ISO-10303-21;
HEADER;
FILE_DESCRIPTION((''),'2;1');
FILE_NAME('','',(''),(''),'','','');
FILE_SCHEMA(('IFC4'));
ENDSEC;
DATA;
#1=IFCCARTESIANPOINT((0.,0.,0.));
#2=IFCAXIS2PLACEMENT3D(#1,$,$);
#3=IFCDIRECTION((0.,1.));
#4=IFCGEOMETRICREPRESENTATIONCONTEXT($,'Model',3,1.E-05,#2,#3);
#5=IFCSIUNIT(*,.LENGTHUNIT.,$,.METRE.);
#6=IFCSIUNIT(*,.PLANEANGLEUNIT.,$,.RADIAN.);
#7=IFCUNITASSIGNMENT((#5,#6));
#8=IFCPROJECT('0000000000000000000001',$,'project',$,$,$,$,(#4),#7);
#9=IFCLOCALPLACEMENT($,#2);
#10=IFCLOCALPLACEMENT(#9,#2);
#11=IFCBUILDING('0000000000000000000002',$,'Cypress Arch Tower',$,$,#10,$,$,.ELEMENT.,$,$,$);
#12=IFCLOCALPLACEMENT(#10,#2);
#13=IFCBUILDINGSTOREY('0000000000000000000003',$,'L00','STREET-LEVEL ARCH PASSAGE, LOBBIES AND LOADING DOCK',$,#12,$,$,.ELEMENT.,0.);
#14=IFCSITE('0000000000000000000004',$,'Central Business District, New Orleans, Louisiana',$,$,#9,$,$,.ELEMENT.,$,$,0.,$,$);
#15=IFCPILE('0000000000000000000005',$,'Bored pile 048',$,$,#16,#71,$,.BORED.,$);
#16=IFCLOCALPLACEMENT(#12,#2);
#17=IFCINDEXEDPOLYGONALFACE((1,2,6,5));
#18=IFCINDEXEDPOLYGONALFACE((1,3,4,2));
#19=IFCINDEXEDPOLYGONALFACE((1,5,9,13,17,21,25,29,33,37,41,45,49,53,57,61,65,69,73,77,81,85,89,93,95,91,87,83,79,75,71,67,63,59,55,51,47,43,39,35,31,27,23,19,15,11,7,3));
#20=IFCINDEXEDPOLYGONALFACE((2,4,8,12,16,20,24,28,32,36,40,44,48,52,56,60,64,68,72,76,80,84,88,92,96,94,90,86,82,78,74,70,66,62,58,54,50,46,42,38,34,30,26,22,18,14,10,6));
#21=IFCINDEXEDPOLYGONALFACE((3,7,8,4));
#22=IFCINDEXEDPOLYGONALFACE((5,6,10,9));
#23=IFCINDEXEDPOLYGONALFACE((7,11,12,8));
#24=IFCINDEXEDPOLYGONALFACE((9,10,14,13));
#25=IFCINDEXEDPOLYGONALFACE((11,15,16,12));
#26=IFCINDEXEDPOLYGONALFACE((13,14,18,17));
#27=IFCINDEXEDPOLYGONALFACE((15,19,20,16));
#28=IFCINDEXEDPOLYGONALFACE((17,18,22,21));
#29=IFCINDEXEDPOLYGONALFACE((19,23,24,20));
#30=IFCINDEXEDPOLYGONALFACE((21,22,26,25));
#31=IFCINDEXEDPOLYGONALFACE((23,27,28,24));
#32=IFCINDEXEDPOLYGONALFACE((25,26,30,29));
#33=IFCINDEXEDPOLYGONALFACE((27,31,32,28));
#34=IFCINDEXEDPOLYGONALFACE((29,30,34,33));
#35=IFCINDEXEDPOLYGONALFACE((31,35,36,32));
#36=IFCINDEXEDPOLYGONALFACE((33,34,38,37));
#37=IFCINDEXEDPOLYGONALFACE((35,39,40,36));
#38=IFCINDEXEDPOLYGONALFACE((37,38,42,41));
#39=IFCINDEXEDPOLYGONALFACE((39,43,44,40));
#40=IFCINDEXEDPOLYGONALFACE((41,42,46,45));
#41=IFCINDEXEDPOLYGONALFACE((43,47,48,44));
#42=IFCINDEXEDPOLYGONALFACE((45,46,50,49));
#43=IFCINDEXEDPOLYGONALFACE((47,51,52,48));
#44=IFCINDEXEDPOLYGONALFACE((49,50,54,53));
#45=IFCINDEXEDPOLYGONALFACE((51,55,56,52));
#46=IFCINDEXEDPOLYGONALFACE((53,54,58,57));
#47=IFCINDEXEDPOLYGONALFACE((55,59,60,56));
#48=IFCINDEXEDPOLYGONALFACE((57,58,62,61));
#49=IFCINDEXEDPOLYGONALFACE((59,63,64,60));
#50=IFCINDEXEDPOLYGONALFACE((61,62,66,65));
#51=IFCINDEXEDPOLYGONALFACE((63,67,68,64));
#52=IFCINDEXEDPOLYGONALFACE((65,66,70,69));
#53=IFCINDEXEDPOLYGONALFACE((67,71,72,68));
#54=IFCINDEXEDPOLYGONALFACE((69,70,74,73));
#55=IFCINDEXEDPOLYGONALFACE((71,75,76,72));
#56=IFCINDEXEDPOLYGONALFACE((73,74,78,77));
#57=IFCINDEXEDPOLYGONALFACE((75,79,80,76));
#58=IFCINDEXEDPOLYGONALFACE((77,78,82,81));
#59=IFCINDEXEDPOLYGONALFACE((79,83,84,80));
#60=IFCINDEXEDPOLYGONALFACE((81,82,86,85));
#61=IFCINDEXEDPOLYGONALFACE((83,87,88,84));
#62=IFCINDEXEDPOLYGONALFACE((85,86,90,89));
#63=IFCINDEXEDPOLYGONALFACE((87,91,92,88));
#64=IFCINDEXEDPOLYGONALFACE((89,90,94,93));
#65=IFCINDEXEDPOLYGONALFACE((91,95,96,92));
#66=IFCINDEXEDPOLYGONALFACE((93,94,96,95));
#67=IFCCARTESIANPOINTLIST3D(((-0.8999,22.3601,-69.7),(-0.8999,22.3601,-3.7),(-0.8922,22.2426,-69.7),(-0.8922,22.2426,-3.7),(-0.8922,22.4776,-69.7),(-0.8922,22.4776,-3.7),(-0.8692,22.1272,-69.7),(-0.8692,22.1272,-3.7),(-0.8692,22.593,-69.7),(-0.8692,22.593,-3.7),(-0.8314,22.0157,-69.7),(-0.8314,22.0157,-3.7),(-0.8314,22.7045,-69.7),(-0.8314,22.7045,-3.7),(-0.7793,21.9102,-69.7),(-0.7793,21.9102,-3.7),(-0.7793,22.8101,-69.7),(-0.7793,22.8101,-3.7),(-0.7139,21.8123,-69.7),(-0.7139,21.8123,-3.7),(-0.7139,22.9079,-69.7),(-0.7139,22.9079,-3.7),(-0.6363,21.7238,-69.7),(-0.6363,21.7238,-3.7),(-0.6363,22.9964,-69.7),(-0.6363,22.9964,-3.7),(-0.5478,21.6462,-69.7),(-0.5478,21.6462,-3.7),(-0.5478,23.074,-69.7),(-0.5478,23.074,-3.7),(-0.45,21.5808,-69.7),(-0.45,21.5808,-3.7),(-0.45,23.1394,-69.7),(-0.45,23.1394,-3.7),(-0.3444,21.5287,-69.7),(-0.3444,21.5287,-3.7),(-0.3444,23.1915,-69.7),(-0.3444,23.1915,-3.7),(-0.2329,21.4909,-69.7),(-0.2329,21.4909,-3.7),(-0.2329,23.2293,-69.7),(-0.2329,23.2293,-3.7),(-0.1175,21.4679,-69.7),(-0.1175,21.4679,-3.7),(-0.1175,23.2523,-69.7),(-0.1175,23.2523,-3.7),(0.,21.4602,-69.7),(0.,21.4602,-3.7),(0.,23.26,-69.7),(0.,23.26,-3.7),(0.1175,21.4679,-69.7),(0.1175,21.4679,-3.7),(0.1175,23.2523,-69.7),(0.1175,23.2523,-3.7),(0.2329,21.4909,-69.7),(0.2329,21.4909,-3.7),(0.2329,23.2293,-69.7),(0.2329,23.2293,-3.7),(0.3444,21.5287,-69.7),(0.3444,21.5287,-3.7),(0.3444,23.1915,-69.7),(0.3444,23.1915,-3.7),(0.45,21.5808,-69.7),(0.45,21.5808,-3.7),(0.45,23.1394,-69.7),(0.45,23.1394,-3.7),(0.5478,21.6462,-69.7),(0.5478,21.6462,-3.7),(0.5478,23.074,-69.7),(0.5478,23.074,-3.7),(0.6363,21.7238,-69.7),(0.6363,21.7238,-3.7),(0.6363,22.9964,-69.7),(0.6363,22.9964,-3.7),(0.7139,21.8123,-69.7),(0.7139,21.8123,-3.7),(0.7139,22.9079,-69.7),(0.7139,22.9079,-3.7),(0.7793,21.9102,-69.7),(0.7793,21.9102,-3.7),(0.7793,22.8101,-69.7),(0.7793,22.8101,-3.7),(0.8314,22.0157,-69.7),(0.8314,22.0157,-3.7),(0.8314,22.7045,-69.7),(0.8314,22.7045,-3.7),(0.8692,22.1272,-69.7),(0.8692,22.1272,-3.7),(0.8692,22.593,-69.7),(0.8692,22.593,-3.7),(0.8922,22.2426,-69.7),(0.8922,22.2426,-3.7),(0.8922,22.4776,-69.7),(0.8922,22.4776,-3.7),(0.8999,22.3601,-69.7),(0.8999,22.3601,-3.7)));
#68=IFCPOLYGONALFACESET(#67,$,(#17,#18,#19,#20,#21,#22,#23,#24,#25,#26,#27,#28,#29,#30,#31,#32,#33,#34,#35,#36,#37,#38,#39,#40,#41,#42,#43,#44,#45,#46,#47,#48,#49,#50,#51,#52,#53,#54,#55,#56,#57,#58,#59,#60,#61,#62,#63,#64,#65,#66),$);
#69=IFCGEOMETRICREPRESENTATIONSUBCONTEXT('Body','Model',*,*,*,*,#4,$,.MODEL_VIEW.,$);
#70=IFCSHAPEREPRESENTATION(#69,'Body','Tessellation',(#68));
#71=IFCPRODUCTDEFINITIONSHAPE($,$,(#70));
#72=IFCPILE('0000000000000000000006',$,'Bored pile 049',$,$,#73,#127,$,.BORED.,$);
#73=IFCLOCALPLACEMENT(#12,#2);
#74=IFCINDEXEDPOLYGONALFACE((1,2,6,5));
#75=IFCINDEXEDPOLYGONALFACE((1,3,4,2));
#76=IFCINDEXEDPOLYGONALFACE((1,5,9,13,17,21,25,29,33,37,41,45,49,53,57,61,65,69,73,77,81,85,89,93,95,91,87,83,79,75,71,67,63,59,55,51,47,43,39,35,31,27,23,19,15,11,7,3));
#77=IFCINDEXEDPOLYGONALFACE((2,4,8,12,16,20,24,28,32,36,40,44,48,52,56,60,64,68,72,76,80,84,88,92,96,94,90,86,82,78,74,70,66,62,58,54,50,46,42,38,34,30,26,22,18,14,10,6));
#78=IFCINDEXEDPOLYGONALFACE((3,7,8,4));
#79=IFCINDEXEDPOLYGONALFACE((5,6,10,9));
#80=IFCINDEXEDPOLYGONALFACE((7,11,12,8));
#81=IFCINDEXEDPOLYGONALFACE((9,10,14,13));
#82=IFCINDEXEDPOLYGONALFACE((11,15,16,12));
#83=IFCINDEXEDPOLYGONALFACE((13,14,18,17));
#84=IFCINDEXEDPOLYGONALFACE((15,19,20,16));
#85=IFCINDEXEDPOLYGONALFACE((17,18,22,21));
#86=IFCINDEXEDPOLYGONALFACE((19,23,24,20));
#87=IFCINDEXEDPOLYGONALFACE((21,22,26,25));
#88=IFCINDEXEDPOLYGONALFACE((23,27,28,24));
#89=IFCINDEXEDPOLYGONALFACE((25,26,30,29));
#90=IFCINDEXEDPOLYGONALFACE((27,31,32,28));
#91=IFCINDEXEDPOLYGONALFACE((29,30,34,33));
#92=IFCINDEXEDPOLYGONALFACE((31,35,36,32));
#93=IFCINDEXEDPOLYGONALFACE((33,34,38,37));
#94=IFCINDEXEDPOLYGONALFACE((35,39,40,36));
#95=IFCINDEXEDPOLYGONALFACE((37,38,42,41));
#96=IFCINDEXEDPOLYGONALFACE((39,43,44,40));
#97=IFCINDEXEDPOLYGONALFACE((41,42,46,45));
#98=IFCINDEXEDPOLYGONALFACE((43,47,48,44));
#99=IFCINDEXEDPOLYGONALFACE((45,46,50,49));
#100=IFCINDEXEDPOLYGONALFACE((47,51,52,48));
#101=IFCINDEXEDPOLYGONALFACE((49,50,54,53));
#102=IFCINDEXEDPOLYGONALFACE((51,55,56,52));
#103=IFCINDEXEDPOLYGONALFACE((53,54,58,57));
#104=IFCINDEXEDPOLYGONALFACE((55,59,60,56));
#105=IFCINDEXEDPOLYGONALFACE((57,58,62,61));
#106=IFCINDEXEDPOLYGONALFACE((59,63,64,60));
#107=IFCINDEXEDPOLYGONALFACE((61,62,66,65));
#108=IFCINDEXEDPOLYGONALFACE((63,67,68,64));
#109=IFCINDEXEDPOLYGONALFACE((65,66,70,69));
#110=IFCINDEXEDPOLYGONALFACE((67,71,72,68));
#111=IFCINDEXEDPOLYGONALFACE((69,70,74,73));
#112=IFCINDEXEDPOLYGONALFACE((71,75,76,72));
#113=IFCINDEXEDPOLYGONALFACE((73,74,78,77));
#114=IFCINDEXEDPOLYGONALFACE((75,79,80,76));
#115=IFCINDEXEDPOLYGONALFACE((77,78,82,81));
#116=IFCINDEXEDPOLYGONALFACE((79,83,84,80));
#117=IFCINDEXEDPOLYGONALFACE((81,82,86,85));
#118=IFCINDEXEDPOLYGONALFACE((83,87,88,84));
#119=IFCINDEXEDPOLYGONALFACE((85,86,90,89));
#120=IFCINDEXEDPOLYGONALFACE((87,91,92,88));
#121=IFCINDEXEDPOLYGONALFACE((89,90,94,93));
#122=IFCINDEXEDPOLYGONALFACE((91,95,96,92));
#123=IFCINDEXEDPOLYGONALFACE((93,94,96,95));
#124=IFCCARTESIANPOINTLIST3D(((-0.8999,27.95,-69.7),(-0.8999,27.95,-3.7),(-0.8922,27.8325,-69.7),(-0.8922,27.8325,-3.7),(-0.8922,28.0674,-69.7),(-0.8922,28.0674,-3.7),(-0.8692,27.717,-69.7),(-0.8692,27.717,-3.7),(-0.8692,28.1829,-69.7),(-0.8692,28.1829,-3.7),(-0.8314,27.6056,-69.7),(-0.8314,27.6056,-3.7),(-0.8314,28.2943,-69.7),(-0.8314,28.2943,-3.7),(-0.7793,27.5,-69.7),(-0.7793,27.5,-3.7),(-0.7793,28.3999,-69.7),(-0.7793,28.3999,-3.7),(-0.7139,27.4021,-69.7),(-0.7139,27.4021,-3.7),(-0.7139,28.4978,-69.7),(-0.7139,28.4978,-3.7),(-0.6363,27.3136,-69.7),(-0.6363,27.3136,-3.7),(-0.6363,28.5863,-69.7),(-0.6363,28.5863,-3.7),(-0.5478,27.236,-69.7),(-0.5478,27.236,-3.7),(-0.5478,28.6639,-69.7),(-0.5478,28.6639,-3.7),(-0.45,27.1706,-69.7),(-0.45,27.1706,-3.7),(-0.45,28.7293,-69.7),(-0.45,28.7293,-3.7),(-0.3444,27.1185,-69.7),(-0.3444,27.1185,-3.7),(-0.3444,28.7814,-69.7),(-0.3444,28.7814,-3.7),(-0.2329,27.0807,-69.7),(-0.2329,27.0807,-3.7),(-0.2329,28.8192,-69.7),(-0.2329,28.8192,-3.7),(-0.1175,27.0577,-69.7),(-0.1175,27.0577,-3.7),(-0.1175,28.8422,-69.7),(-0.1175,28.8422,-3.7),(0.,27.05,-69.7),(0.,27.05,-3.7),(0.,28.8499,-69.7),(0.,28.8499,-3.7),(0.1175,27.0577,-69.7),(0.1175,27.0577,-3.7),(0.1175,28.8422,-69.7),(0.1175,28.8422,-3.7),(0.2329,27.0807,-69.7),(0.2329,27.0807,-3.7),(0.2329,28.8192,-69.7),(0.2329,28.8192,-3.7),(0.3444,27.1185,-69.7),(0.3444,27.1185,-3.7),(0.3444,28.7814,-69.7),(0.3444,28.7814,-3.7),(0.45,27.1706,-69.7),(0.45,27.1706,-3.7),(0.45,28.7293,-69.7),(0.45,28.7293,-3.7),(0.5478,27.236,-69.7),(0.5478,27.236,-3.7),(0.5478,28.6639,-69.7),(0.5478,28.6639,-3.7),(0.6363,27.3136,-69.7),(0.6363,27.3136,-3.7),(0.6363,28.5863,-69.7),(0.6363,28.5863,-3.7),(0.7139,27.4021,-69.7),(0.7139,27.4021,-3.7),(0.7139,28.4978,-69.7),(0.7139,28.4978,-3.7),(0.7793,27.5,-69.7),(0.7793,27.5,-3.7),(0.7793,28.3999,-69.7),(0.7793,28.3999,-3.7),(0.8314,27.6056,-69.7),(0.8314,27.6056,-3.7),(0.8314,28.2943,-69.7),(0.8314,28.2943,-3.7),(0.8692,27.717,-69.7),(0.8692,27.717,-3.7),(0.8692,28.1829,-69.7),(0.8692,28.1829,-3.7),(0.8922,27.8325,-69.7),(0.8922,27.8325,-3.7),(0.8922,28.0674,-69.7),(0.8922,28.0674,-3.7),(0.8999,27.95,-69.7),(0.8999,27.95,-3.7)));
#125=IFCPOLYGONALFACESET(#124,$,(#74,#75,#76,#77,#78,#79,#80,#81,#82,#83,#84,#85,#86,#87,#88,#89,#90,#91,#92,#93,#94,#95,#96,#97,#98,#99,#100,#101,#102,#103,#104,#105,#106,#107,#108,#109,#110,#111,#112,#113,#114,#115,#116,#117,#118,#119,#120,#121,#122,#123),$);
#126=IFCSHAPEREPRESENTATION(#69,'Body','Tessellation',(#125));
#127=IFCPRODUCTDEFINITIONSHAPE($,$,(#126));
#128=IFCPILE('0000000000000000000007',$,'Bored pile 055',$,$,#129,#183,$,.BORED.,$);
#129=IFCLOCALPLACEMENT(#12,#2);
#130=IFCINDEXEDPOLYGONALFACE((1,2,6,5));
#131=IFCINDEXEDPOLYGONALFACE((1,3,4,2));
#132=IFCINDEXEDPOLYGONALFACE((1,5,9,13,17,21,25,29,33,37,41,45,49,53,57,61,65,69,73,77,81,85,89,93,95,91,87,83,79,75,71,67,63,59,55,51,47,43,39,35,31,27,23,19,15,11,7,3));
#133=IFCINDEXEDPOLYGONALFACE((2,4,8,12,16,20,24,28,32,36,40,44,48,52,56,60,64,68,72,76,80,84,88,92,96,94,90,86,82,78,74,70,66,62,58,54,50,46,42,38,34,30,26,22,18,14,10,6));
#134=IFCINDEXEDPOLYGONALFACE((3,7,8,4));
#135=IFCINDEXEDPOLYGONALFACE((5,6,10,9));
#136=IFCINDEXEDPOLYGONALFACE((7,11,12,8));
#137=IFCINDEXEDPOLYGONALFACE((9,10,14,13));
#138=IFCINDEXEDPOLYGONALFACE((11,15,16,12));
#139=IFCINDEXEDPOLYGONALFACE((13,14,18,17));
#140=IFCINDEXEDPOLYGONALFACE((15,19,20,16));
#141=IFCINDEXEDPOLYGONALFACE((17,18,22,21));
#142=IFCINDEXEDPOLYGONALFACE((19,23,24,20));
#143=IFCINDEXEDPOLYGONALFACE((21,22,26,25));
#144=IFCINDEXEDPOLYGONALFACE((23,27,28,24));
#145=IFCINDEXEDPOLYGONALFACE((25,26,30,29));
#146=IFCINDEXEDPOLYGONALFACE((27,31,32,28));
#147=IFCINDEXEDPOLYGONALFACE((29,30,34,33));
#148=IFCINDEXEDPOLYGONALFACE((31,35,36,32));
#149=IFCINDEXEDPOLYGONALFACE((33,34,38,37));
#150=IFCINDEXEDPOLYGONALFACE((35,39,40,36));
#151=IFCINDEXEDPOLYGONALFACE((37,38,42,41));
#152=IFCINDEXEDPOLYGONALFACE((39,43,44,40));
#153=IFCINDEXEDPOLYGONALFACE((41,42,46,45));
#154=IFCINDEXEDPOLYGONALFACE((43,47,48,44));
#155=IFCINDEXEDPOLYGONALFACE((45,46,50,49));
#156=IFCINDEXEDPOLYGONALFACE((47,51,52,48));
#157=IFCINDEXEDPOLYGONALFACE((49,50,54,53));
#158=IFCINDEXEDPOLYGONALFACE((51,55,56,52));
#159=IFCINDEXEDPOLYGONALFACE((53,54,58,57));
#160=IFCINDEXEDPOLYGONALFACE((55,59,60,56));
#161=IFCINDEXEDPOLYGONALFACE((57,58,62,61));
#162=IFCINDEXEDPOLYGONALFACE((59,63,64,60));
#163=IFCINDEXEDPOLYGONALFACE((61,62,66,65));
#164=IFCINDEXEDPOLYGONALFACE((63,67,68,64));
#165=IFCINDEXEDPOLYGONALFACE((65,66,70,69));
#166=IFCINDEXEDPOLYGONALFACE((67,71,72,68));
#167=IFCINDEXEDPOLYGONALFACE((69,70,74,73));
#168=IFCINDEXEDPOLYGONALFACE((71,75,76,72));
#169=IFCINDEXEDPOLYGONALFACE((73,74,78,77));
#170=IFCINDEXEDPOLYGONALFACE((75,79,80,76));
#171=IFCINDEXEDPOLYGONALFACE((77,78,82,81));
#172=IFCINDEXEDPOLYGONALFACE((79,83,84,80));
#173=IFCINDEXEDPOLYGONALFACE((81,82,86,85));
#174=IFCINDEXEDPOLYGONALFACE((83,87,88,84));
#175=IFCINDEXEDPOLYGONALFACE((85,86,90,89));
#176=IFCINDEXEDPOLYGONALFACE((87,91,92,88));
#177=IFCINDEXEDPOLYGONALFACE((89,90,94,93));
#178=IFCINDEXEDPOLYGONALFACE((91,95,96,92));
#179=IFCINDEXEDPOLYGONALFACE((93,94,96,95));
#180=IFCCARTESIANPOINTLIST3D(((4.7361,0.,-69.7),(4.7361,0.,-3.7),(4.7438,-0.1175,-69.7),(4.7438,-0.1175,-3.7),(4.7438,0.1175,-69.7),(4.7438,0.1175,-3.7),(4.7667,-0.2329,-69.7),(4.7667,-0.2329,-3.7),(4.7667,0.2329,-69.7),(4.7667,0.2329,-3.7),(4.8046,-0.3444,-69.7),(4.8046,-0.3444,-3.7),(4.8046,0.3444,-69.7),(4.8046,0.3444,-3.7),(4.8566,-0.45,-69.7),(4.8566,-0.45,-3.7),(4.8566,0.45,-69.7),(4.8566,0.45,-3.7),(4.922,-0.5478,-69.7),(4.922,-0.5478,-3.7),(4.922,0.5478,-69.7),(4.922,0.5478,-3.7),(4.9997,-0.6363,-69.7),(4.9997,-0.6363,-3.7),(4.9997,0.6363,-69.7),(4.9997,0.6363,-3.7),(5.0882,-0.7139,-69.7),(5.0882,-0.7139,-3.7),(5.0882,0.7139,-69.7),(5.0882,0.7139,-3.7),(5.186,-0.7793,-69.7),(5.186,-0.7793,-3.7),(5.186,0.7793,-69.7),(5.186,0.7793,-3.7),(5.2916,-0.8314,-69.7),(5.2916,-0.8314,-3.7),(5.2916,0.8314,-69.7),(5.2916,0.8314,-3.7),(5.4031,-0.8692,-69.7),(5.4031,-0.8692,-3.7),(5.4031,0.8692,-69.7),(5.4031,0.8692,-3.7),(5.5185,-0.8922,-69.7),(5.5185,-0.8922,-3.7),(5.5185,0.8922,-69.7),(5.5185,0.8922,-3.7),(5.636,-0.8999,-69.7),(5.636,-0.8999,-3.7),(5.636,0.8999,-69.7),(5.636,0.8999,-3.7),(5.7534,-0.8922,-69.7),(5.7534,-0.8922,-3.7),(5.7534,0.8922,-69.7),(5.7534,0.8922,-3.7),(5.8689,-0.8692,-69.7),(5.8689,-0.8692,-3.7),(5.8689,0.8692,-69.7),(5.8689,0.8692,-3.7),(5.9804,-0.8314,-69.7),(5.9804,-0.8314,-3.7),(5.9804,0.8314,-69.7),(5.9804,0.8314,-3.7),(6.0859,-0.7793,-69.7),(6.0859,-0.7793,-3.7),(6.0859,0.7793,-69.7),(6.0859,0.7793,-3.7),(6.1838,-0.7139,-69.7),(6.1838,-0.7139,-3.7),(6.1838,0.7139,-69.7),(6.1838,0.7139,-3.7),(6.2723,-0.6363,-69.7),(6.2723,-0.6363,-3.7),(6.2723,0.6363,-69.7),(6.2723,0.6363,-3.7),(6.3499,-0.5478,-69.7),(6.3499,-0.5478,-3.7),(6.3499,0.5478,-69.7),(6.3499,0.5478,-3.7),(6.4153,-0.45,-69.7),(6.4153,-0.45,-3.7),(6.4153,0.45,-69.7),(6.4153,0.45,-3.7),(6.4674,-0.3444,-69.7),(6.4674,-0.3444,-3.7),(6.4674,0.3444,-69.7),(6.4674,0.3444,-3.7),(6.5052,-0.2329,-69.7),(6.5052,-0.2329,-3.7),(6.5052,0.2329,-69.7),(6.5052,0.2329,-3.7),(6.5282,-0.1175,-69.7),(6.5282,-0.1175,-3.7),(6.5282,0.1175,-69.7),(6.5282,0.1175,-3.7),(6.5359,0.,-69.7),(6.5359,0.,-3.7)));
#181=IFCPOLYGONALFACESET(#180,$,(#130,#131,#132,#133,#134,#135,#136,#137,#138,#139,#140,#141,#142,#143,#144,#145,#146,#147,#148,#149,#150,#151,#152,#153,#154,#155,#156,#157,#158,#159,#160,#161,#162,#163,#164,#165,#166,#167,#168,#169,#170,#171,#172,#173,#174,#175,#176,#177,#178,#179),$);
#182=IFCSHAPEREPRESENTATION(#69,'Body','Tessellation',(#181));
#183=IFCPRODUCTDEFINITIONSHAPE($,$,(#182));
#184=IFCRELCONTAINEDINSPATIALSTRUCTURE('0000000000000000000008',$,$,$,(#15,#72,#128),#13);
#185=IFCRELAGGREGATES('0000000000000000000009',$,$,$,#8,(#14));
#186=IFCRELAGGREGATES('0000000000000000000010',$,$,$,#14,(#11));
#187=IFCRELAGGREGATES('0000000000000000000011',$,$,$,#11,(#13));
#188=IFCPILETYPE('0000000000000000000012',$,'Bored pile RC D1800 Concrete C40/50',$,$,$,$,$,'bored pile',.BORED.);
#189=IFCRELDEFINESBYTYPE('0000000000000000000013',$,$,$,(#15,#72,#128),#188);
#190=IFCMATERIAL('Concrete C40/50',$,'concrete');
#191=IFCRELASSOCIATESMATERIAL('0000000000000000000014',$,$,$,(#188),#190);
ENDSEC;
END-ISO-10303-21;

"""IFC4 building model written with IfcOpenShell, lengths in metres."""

from ifc_helpers import new_model, si_unit, direction, frame, origin, origin_2d, place, context, subcontext, project, spatial, circle, extrude, material, material_profile, profile_set, type_object, element, save


model = new_model("IFC4")

# Units and contexts
model_context = context("Model", 3, precision=1e-05, world=origin(), true_north=direction((0.0, 1.0)))
body_context = subcontext(model_context, "Body", "Model", "MODEL_VIEW")
ifc_project = project(units=[si_unit("LENGTHUNIT", "METRE"), si_unit("PLANEANGLEUNIT", "RADIAN")], contexts=[model_context])

# Site, building, storey
site_placement = place(None, origin())
site = spatial("IfcSite", under=ifc_project, at=site_placement, Name="Central Business District, New Orleans, Louisiana", CompositionType="ELEMENT", RefElevation=0.0)
building_placement = place(site_placement, origin())
building = spatial("IfcBuilding", under=site, at=building_placement, Name="Cypress Arch Tower", CompositionType="ELEMENT")
storey_placement = place(building_placement, origin())
storey = spatial("IfcBuildingStorey", under=building, at=storey_placement, Name="L00", Description="STREET-LEVEL ARCH PASSAGE, LOBBIES AND LOADING DOCK", CompositionType="ELEMENT", Elevation=0.0)

# Piles
ifc_material_1 = material(Name="Concrete C40/50", Category="concrete")
ifc_material_profile_1 = material_profile(ifc_material_1, circle(Radius=0.8999, at=origin_2d()), Name="RC D1800")
ifc_profile_set_1 = profile_set([ifc_material_profile_1], Name="Concrete C40/50")
pile_type = type_object("IfcPileType", Name="Bored pile RC D1800 Concrete C40/50", ElementType="bored pile", PredefinedType="BORED", material=ifc_profile_set_1)
for number, where, z_axis, x_axis, name in (
    (1, (0.0, 22.3601, -3.7), (0.0, 0.0, -1.0), (1.0, 0.0, 0.0), "Bored pile 048"),
    (2, (0.0, 27.95, -3.7), (0.0, 0.0, -1.0), (1.0, 0.0, 0.0), "Bored pile 049"),
    (3, (5.636, 0.0, -3.7), (0.0, 0.0, -1.0), (1.0, 0.0, 0.0), "Bored pile 055"),
):
    element("IfcPile", number, at=place(storey_placement, frame(where, z_axis=z_axis, x_axis=x_axis)), inside=storey, type_object=pile_type, Name=name, PredefinedType="BORED", context=body_context, shape_type="SweptSolid", body=[
        extrude(circle(Radius=0.8999, at=origin_2d()), origin(), (0.0, 0.0, 1.0), 66.0),
    ])

save(model, "model.ifc")
